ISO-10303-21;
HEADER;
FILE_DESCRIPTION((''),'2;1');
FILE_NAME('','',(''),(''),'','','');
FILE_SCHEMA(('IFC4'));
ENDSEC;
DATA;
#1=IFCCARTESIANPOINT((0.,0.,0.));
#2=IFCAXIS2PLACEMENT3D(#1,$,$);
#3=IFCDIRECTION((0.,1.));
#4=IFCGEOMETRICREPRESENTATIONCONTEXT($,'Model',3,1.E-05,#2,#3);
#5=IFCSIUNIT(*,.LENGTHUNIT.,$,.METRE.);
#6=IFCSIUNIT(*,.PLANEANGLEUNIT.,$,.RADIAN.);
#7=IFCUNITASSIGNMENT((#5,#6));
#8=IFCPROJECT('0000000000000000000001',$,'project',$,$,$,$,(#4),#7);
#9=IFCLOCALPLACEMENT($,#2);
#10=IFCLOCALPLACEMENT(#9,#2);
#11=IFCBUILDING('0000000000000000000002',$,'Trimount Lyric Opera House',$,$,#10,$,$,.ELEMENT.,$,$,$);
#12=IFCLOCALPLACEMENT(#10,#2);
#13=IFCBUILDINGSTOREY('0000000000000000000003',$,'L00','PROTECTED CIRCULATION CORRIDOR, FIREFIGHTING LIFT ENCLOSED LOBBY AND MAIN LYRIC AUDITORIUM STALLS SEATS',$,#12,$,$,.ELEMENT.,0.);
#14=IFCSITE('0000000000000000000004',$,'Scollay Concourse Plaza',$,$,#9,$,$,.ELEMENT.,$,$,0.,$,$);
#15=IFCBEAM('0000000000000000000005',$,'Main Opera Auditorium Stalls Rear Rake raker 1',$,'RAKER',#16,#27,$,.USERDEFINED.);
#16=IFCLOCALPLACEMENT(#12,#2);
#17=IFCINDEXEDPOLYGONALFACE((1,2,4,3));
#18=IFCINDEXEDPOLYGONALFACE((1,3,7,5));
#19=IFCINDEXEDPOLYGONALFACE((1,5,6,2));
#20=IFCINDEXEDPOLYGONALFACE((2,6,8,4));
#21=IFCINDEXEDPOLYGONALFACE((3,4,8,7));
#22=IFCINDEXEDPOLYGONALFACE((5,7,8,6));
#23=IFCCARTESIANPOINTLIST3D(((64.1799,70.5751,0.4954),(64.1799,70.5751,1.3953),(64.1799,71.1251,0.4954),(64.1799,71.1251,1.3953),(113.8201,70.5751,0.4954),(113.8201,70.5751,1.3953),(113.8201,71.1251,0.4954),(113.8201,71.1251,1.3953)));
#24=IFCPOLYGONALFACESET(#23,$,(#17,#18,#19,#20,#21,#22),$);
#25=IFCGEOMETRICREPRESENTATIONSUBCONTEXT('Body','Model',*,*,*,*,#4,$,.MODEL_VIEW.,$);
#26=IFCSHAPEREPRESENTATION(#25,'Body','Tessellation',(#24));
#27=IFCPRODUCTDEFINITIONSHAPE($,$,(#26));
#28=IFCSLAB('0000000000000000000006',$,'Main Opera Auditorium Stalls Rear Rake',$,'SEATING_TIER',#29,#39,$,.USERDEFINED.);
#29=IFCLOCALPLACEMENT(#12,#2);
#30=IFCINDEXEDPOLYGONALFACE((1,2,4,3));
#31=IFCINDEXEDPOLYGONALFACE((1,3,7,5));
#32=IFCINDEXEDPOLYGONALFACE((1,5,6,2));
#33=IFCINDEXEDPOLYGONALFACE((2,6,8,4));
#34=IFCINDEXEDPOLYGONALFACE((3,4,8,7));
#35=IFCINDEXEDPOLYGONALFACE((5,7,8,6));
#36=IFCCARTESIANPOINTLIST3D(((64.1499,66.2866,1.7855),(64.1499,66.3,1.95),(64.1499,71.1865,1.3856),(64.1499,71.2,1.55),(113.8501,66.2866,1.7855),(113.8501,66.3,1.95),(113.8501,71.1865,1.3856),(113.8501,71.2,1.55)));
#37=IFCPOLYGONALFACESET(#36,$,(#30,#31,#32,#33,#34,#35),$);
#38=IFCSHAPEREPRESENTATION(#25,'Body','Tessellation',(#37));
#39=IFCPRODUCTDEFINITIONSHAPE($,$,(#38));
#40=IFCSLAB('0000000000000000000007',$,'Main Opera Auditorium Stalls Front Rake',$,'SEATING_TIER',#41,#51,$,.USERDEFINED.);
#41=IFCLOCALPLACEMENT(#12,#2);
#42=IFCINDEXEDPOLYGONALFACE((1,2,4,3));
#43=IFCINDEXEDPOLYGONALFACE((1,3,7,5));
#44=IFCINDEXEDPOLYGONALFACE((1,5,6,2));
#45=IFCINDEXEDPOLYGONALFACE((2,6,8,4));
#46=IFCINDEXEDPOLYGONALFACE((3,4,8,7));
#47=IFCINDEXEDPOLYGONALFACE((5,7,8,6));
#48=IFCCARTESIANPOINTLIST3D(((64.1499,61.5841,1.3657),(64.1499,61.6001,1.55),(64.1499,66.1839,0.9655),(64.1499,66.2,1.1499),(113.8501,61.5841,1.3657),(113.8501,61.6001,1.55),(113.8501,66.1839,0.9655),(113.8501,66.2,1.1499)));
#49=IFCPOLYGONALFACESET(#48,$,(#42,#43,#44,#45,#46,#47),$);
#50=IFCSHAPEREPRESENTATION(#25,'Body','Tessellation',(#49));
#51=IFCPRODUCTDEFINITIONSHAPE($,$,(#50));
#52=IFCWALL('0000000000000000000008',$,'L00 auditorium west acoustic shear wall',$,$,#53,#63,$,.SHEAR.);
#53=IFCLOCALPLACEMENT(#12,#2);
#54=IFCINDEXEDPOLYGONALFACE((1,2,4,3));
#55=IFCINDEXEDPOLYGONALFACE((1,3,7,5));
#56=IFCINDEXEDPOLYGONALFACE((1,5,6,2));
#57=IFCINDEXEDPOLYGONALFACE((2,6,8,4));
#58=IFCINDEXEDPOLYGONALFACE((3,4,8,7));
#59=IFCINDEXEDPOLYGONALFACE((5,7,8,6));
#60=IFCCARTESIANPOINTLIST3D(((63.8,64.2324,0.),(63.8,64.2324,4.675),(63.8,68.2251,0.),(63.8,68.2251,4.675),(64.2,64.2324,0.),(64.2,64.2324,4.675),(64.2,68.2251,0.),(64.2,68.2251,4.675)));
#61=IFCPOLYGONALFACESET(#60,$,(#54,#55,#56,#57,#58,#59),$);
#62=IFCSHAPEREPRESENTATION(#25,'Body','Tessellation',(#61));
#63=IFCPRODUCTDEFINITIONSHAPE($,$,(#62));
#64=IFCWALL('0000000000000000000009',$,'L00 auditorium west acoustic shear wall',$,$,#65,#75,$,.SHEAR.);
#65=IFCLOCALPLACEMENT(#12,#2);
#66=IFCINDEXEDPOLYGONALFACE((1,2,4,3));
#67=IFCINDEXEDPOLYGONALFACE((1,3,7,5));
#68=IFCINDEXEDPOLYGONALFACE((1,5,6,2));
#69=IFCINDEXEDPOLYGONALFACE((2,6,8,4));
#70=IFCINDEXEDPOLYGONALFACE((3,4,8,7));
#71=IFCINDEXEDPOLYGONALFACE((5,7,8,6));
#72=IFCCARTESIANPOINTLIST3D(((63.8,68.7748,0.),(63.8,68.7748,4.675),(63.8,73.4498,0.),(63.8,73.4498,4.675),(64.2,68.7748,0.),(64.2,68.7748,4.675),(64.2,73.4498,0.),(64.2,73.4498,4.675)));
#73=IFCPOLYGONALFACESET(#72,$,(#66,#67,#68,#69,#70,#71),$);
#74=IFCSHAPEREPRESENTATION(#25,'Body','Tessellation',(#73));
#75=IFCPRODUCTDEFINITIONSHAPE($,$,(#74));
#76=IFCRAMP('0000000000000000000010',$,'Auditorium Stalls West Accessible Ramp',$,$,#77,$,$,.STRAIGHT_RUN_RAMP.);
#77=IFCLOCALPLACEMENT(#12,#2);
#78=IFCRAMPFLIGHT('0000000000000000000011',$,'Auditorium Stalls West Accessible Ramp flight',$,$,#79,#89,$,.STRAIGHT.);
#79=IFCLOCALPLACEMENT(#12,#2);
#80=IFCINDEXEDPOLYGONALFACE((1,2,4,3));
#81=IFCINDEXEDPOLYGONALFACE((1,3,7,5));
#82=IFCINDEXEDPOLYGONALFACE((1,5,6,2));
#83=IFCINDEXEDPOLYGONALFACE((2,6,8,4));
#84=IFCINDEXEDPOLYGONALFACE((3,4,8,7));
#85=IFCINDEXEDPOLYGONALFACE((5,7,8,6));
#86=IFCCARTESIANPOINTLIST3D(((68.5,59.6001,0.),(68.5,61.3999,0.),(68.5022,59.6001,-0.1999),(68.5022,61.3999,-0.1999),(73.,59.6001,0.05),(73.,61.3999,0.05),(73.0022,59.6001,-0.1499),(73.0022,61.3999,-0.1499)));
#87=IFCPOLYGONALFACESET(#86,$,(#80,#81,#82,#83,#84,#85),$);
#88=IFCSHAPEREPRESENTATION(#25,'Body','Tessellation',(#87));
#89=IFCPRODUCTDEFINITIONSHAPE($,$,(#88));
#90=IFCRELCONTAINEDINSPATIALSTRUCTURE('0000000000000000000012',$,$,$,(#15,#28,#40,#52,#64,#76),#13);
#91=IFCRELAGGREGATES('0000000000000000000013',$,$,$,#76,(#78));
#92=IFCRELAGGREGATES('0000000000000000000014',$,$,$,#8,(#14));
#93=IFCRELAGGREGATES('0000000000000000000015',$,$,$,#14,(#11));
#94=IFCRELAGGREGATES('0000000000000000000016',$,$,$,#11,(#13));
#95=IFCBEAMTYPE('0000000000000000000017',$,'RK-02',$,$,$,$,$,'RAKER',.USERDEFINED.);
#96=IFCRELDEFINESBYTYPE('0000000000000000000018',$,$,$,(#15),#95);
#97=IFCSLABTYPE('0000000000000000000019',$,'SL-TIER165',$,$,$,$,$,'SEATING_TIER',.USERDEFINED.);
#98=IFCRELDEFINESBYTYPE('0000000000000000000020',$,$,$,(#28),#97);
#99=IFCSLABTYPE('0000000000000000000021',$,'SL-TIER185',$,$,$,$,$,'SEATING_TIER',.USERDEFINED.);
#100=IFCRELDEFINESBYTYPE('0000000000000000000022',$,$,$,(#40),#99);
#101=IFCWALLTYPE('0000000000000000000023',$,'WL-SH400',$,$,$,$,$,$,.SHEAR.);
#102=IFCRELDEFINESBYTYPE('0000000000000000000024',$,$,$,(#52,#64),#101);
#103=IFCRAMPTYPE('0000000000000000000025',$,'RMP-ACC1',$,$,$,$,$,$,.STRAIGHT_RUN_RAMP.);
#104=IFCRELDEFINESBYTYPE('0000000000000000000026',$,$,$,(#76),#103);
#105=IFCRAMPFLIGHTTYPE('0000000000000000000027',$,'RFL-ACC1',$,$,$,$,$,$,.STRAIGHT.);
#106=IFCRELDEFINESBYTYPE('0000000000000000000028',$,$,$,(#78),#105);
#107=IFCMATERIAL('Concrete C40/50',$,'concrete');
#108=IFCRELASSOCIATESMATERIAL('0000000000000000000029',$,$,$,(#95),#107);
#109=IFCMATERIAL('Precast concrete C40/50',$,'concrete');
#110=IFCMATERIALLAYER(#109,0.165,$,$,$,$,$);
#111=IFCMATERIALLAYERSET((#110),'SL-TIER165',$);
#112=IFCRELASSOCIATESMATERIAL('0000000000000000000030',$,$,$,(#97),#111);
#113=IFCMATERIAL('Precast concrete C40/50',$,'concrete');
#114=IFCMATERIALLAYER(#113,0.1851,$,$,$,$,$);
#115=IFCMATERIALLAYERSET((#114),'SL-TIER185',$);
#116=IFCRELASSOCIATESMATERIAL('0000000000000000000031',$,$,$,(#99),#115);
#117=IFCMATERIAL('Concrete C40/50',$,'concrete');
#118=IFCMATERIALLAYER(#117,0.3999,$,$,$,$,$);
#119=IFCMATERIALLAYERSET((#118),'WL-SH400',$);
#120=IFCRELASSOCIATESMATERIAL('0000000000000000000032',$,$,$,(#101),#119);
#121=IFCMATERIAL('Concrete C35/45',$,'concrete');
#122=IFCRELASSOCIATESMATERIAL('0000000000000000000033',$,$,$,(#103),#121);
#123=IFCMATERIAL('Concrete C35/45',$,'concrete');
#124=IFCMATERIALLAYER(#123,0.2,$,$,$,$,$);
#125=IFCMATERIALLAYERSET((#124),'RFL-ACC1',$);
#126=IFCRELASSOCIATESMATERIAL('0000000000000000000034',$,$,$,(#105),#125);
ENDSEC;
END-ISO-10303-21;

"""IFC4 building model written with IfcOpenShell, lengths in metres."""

from ifc_helpers import new_model, si_unit, direction, frame, frame_2d, origin, origin_2d, place, context, subcontext, project, spatial, polyline, rectangle, outline, extrude, material, layer, layer_set, material_profile, profile_set, type_object, element, aggregate, save


model = new_model("IFC4")

# Units and contexts
model_context = context("Model", 3, precision=1e-05, world=origin(), true_north=direction((0.0, 1.0)))
body_context = subcontext(model_context, "Body", "Model", "MODEL_VIEW")
ifc_project = project(units=[si_unit("LENGTHUNIT", "METRE"), si_unit("PLANEANGLEUNIT", "RADIAN")], contexts=[model_context])

# Site, building, storey
site_placement = place(None, origin())
site = spatial("IfcSite", under=ifc_project, at=site_placement, Name="Scollay Concourse Plaza", CompositionType="ELEMENT", RefElevation=0.0)
building_placement = place(site_placement, origin())
building = spatial("IfcBuilding", under=site, at=building_placement, Name="Trimount Lyric Opera House", CompositionType="ELEMENT")
storey_placement = place(building_placement, origin())
storey = spatial("IfcBuildingStorey", under=building, at=storey_placement, Name="L00", Description="PROTECTED CIRCULATION CORRIDOR, FIREFIGHTING LIFT ENCLOSED LOBBY AND MAIN LYRIC AUDITORIUM STALLS SEATS", CompositionType="ELEMENT", Elevation=0.0)

# Beam
ifc_material_1 = material(Name="Concrete C40/50", Category="concrete")
ifc_material_profile_1 = material_profile(ifc_material_1, rectangle(XDim=0.55, YDim=0.8999, at=origin_2d()), Name="RC550X900")
ifc_profile_set_1 = profile_set([ifc_material_profile_1], Name="Concrete C40/50")
beam_type_1 = type_object("IfcBeamType", Name="RK-02", ElementType="RAKER", PredefinedType="USERDEFINED", material=ifc_profile_set_1)
beam_1_placement = place(storey_placement, frame((64.1799, 70.8501, 0.9453), z_axis=(1.0, 0.0, 0.0), x_axis=(0.0, 1.0, 0.0)))
element("IfcBeam", 1, at=beam_1_placement, inside=storey, type_object=beam_type_1, Name="Main Opera Auditorium Stalls Rear Rake raker 1", ObjectType="RAKER", PredefinedType="USERDEFINED", context=body_context, shape_type="SweptSolid", body=[
    extrude(rectangle(XDim=0.55, YDim=0.8999, at=origin_2d()), origin(), (0.0, 0.0, 1.0), 49.6401),
])

# Slabs
ifc_material_2 = material(Name="Precast concrete C40/50", Category="concrete")
ifc_layer_1 = layer(ifc_material_2, 0.165)
ifc_layer_set_1 = layer_set([ifc_layer_1], Name="SL-TIER165")
slab_type_1 = type_object("IfcSlabType", Name="SL-TIER165", ElementType="SEATING_TIER", PredefinedType="USERDEFINED", material=ifc_layer_set_1)
slab_1_placement = place(storey_placement, frame((64.1499, 71.2, 1.55), z_axis=(0.0, 0.081344, 0.996686), x_axis=(1.0, 0.0, 0.0)))
element("IfcSlab", 2, at=slab_1_placement, inside=storey, type_object=slab_type_1, Name="Main Opera Auditorium Stalls Rear Rake", ObjectType="SEATING_TIER", PredefinedType="USERDEFINED", context=body_context, shape_type="SweptSolid", body=[
    extrude(outline(polyline([(0.0, 0.0), (49.7002, 0.0), (49.7002, -4.9162), (0.0, -4.9162), (0.0, 0.0)])), origin(), (0.0, 0.0, -1.0), 0.165),
])
ifc_material_3 = material(Name="Precast concrete C40/50", Category="concrete")
ifc_layer_2 = layer(ifc_material_3, 0.1851)
ifc_layer_set_2 = layer_set([ifc_layer_2], Name="SL-TIER185")
slab_type_2 = type_object("IfcSlabType", Name="SL-TIER185", ElementType="SEATING_TIER", PredefinedType="USERDEFINED", material=ifc_layer_set_2)
slab_2_placement = place(storey_placement, frame((64.1499, 66.2, 1.1499), z_axis=(0.0, 0.086664, 0.996238), x_axis=(1.0, 0.0, 0.0)))
element("IfcSlab", 3, at=slab_2_placement, inside=storey, type_object=slab_type_2, Name="Main Opera Auditorium Stalls Front Rake", ObjectType="SEATING_TIER", PredefinedType="USERDEFINED", context=body_context, shape_type="SweptSolid", body=[
    extrude(outline(polyline([(0.0, 0.0), (49.7002, 0.0), (49.7002, -4.6172), (0.0, -4.6172), (0.0, 0.0)])), origin(), (0.0, 0.0, -1.0), 0.1851),
])

# Walls
ifc_material_4 = material(Name="Concrete C40/50", Category="concrete")
ifc_layer_3 = layer(ifc_material_4, 0.3999)
ifc_layer_set_3 = layer_set([ifc_layer_3], Name="WL-SH400")
wall_type = type_object("IfcWallType", Name="WL-SH400", PredefinedType="SHEAR", material=ifc_layer_set_3)
wall_1_placement = place(storey_placement, frame((64.0, 64.2324, 0.0), z_axis=(0.0, 0.0, 1.0), x_axis=(0.0, 1.0, 0.0)))
element("IfcWall", 4, at=wall_1_placement, inside=storey, type_object=wall_type, Name="L00 auditorium west acoustic shear wall", PredefinedType="SHEAR", context=body_context, shape_type="SweptSolid", body=[
    extrude(rectangle(XDim=3.9927, YDim=0.3999, at=frame_2d((1.9963, 0.0))), origin(), (0.0, 0.0, 1.0), 4.675),
])
wall_2_placement = place(storey_placement, frame((64.0, 68.7749, 0.0), z_axis=(0.0, 0.0, 1.0), x_axis=(0.0, 1.0, 0.0)))
element("IfcWall", 5, at=wall_2_placement, inside=storey, type_object=wall_type, Name="L00 auditorium west acoustic shear wall", PredefinedType="SHEAR", context=body_context, shape_type="SweptSolid", body=[
    extrude(rectangle(XDim=4.675, YDim=0.3999, at=frame_2d((2.3374, 0.0))), origin(), (0.0, 0.0, 1.0), 4.675),
])

# Ramp, ramp flight
ifc_material_5 = material(Name="Concrete C35/45", Category="concrete")
ramp_type = type_object("IfcRampType", Name="RMP-ACC1", PredefinedType="STRAIGHT_RUN_RAMP", material=ifc_material_5)
ramp_placement = place(storey_placement, origin())
ramp = element("IfcRamp", 6, at=ramp_placement, inside=storey, type_object=ramp_type, Name="Auditorium Stalls West Accessible Ramp", PredefinedType="STRAIGHT_RUN_RAMP")
ifc_material_6 = material(Name="Concrete C35/45", Category="concrete")
ifc_layer_4 = layer(ifc_material_6, 0.2)
ifc_layer_set_4 = layer_set([ifc_layer_4], Name="RFL-ACC1")
ramp_flight_type = type_object("IfcRampFlightType", Name="RFL-ACC1", PredefinedType="STRAIGHT", material=ifc_layer_set_4)
ramp_flight_placement = place(storey_placement, frame((68.5, 59.6001, 0.0), z_axis=(-0.011121, 0.0, 0.999938), x_axis=(0.999938, 0.0, 0.011121)))
ramp_flight = element("IfcRampFlight", 7, at=ramp_flight_placement, type_object=ramp_flight_type, Name="Auditorium Stalls West Accessible Ramp flight", PredefinedType="STRAIGHT", context=body_context, shape_type="SweptSolid", body=[
    extrude(outline(polyline([(0.0, 0.0), (4.5003, 0.0), (4.5003, 1.7998), (0.0, 1.7998), (0.0, 0.0)])), origin(), (0.0, 0.0, -1.0), 0.2),
])
aggregate(ramp, [ramp_flight])

save(model, "model.ifc")
